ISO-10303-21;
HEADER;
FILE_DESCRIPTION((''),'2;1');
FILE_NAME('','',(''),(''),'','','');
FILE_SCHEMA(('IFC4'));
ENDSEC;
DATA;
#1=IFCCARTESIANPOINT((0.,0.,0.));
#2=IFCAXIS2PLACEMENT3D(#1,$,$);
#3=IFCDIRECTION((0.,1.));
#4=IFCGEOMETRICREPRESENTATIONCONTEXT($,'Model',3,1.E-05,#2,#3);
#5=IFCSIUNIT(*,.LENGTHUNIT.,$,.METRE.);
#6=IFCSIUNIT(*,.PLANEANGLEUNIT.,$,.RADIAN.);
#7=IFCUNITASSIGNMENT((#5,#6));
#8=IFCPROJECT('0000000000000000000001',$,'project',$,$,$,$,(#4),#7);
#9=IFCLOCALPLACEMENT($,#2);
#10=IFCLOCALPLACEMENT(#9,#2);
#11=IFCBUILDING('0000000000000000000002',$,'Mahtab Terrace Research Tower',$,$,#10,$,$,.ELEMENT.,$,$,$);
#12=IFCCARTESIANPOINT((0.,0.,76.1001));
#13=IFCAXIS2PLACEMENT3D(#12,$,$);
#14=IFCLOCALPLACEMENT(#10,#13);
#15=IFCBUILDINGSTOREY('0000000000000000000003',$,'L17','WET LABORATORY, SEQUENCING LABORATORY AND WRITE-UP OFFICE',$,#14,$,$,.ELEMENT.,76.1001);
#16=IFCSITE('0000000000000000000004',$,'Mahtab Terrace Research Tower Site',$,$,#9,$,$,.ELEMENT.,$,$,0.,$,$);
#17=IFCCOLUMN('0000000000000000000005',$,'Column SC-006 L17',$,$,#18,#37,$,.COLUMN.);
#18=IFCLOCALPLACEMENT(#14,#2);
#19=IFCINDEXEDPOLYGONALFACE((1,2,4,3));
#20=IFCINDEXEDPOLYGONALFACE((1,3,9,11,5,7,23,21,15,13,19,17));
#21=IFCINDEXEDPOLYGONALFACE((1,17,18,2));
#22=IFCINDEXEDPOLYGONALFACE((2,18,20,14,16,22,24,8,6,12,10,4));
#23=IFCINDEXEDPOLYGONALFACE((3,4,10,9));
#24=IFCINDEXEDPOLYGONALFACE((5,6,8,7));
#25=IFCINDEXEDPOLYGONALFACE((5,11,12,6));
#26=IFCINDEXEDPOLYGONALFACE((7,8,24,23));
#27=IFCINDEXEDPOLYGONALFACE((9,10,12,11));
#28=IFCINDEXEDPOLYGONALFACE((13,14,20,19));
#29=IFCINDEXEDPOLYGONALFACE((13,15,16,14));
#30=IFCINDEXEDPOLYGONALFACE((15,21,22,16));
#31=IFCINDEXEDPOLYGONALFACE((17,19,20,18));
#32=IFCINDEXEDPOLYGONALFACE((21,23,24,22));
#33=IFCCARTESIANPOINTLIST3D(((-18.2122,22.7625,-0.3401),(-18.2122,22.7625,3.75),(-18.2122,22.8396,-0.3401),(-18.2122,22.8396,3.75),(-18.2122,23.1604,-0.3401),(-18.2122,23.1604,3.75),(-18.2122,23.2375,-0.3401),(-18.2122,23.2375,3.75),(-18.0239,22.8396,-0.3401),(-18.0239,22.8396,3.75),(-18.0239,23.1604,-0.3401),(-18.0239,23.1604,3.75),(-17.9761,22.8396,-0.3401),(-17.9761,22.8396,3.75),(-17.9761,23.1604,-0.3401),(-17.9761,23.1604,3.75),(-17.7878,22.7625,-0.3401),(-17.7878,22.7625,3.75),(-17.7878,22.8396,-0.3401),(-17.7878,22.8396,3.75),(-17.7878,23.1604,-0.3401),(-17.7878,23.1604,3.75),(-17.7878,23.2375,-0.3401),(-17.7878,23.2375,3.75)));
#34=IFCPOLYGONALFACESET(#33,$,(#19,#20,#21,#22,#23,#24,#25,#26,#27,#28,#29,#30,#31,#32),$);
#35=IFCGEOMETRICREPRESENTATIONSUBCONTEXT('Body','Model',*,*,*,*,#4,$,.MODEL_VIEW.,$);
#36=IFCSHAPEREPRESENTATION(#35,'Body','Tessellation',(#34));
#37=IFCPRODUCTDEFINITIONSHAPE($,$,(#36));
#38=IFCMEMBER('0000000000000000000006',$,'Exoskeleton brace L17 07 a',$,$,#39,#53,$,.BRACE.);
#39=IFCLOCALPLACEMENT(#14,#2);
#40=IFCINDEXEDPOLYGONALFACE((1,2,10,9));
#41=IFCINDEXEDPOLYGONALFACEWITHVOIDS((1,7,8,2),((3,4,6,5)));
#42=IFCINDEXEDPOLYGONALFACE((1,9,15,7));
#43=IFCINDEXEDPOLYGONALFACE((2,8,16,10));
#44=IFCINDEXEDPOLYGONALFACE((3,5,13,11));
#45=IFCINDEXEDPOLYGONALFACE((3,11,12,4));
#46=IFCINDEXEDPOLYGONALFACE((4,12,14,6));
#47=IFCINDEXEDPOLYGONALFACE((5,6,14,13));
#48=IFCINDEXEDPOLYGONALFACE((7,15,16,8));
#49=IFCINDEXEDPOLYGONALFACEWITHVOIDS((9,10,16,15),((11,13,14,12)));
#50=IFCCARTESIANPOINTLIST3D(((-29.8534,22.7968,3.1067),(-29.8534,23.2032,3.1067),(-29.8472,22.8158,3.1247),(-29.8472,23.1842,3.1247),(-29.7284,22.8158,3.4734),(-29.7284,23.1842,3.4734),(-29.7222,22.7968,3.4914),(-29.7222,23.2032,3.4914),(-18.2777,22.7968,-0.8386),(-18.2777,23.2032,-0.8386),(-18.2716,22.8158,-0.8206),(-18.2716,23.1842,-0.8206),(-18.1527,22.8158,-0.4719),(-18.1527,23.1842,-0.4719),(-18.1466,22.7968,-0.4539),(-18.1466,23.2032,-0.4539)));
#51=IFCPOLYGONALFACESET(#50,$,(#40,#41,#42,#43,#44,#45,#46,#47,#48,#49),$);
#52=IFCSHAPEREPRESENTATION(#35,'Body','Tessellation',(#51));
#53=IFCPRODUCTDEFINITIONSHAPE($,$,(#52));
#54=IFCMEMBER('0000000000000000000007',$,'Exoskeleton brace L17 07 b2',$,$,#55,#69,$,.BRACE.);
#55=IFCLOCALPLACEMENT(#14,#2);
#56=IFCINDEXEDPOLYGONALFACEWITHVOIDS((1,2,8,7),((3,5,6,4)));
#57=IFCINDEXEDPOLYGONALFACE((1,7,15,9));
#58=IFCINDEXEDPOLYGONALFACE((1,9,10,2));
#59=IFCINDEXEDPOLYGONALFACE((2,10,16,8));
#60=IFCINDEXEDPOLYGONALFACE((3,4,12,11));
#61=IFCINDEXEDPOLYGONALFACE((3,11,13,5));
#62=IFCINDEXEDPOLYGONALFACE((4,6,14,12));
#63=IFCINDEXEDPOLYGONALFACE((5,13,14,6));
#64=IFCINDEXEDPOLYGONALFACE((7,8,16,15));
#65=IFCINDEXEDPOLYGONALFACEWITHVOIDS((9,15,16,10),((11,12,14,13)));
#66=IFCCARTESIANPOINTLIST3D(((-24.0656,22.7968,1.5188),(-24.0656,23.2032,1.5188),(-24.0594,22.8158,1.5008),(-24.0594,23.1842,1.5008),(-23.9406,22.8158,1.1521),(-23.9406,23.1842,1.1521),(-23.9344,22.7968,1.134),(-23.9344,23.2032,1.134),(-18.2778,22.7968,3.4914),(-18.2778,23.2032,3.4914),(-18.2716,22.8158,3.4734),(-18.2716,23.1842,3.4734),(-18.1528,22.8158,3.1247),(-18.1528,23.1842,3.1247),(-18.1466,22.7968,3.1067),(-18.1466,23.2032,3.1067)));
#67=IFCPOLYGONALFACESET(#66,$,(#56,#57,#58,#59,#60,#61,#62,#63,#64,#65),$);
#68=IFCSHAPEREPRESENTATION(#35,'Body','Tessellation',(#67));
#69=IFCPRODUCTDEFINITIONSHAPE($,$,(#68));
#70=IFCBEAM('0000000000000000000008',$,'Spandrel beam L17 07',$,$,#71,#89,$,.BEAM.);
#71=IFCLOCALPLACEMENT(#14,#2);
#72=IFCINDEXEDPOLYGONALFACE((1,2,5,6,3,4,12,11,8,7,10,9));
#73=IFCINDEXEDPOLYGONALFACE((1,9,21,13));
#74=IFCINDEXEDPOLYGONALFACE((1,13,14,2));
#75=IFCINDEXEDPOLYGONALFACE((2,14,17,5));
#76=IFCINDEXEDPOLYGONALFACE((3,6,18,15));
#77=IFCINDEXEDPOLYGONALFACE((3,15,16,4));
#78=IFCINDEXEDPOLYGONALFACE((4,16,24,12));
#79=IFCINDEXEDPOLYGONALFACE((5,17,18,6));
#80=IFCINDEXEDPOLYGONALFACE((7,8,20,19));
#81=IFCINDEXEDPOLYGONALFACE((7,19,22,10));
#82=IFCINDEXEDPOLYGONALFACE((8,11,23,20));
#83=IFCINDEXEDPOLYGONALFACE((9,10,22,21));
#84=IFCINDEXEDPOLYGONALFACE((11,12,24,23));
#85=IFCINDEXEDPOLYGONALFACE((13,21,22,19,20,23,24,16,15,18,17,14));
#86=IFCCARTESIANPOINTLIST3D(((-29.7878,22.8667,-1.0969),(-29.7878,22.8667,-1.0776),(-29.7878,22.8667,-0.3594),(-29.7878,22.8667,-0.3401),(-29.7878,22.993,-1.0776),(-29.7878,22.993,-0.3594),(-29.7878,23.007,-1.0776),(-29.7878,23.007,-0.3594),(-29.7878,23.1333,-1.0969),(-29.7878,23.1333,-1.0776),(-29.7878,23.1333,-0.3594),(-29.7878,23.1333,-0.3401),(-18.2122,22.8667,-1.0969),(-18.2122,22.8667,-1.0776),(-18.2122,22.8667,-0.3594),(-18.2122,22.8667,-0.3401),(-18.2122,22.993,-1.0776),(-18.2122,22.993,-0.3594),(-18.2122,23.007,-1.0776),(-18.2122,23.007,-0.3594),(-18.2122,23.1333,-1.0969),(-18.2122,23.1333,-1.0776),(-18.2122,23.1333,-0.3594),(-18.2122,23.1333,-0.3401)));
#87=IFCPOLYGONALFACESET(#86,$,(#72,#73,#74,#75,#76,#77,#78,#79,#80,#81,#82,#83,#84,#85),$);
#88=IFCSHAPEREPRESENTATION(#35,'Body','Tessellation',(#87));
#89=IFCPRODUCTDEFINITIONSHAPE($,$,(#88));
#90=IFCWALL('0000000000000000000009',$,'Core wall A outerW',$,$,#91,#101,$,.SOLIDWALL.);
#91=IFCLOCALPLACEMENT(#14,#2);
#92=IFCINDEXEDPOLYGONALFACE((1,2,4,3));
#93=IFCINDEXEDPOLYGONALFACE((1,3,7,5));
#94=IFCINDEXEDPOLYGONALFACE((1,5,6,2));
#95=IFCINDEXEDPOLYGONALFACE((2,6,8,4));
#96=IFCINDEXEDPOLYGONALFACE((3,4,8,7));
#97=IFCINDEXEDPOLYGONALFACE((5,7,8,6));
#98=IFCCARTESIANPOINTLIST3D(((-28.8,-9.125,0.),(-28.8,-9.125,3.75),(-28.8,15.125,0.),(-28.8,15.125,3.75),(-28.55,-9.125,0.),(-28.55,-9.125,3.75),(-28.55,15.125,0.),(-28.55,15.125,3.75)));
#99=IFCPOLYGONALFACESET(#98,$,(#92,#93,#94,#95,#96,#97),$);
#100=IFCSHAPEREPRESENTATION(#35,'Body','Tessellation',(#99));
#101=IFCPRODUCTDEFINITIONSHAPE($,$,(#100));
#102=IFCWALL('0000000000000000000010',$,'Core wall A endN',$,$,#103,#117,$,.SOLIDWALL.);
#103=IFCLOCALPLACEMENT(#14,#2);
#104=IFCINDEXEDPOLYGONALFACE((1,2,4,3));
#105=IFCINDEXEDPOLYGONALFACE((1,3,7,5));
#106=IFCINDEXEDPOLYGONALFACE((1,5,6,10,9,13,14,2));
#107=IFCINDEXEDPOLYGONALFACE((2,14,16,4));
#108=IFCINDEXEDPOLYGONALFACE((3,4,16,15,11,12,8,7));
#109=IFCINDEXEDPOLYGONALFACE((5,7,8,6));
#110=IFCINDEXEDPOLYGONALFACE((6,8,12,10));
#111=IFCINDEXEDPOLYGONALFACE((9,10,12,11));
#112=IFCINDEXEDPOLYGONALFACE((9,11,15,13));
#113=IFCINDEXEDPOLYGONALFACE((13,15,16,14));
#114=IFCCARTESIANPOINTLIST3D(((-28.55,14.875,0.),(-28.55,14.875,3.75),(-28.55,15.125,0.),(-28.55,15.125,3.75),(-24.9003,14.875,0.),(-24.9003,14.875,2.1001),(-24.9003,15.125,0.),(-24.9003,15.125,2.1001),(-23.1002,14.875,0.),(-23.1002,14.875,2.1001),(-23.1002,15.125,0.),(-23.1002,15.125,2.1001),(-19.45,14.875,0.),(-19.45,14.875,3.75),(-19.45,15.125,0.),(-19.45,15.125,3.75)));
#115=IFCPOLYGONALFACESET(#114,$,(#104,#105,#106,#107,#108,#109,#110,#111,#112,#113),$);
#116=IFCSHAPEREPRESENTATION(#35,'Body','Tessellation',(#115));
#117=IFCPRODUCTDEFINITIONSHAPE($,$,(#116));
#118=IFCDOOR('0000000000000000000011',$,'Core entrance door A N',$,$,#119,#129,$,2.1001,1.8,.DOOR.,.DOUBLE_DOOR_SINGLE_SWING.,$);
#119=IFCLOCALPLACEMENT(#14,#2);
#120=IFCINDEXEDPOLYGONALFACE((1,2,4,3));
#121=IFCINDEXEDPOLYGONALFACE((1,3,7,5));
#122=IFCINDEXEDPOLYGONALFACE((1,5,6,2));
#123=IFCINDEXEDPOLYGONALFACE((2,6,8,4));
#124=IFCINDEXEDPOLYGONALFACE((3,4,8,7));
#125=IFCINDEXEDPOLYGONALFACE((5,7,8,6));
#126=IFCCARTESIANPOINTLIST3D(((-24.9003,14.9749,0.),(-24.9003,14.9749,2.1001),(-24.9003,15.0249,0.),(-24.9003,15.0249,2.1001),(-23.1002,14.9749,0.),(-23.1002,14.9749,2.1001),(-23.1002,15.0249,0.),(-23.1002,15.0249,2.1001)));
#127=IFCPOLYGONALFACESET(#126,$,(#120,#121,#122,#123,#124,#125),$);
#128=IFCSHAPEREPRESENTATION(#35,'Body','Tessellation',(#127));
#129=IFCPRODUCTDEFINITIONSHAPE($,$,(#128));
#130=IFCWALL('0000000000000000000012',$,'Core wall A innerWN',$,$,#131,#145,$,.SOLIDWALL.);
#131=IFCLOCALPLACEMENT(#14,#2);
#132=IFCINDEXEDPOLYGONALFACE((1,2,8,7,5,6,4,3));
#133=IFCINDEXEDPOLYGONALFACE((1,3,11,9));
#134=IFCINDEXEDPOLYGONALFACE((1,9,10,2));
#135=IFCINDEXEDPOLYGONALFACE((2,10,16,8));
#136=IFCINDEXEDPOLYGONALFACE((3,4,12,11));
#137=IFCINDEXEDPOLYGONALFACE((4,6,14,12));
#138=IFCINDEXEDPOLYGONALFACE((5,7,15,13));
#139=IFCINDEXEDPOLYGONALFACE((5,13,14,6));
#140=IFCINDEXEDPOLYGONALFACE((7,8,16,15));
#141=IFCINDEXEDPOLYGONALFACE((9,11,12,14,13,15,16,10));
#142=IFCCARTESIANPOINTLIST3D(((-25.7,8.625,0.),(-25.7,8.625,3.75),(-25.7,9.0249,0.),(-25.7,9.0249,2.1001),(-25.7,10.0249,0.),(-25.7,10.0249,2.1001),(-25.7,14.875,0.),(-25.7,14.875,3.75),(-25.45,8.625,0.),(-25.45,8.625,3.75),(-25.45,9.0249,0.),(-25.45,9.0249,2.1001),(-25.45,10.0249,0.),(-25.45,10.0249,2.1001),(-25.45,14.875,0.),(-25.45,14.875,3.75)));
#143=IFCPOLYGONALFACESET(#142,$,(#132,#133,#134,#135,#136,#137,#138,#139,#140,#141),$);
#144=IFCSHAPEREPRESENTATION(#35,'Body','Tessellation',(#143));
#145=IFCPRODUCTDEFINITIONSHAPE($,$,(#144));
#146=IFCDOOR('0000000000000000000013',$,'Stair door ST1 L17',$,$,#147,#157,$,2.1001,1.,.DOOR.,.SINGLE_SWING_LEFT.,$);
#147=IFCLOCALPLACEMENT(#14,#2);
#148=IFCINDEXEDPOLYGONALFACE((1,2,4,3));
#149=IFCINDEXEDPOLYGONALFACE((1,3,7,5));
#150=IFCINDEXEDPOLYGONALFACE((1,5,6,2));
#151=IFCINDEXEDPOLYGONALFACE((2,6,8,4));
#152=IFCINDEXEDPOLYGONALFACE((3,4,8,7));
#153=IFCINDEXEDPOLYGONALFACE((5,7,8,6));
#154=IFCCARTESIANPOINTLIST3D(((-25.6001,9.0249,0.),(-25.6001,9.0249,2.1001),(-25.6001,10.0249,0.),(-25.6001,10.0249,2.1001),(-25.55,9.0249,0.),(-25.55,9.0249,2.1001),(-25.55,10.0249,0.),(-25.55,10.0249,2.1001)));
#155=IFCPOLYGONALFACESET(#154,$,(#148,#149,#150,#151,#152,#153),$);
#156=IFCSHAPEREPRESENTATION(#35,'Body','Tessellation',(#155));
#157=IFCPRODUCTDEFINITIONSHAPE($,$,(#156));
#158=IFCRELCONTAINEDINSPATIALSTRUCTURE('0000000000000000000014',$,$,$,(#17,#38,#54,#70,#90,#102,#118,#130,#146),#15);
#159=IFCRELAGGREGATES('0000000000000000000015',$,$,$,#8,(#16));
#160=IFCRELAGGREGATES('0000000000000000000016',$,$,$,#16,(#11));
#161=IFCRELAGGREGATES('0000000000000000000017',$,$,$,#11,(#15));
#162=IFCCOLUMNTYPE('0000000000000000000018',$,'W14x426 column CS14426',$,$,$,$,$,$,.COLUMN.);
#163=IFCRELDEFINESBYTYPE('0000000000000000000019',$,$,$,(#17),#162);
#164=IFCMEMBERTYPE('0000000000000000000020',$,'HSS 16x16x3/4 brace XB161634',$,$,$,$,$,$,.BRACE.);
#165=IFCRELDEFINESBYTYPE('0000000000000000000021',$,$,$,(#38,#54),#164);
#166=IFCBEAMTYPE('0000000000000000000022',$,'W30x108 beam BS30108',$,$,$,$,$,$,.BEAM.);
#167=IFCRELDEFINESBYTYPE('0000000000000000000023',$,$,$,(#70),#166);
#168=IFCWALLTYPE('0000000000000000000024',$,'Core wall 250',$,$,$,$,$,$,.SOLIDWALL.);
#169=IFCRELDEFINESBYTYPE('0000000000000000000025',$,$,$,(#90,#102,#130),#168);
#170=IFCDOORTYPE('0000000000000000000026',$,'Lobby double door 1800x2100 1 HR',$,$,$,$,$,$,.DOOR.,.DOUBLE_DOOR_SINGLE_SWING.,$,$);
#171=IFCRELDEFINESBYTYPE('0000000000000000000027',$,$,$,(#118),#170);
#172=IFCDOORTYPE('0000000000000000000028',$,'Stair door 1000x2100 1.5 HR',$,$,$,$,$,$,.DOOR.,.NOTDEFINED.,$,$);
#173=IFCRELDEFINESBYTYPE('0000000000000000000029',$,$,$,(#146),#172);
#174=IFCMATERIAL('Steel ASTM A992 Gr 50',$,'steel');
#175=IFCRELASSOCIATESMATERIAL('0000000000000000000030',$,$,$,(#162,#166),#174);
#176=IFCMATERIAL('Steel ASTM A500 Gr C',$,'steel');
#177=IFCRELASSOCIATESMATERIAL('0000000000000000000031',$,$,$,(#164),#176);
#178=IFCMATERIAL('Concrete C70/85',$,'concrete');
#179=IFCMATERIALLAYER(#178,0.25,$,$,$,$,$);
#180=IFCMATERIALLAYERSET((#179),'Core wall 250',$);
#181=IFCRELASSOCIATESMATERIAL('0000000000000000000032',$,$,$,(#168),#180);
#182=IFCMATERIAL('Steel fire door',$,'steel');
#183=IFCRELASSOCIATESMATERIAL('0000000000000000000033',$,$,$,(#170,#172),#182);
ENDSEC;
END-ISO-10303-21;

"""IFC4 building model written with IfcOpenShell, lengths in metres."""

from ifc_helpers import new_model, si_unit, direction, frame, frame_2d, origin, origin_2d, place, context, subcontext, project, spatial, rectangle, hollow_rectangle, i_section, extrude, material, layer, layer_set, material_profile, profile_set, type_object, element, fill, save


model = new_model("IFC4")

# Units and contexts
model_context = context("Model", 3, precision=1e-05, world=origin(), true_north=direction((0.0, 1.0)))
body_context = subcontext(model_context, "Body", "Model", "MODEL_VIEW")
ifc_project = project(units=[si_unit("LENGTHUNIT", "METRE"), si_unit("PLANEANGLEUNIT", "RADIAN")], contexts=[model_context])

# Site, building, storey
site_placement = place(None, origin())
site = spatial("IfcSite", under=ifc_project, at=site_placement, Name="Mahtab Terrace Research Tower Site", CompositionType="ELEMENT", RefElevation=0.0)
building_placement = place(site_placement, origin())
building = spatial("IfcBuilding", under=site, at=building_placement, Name="Mahtab Terrace Research Tower", CompositionType="ELEMENT")
storey_placement = place(building_placement, frame((0.0, 0.0, 76.1001)))
storey = spatial("IfcBuildingStorey", under=building, at=storey_placement, Name="L17", Description="WET LABORATORY, SEQUENCING LABORATORY AND WRITE-UP OFFICE", CompositionType="ELEMENT", Elevation=76.1001)

# Column
ifc_material_1 = material(Name="Steel ASTM A992 Gr 50", Category="steel")
ifc_material_profile_1 = material_profile(ifc_material_1, i_section(OverallWidth=0.4243, OverallDepth=0.4751, WebThickness=0.0479, FlangeThickness=0.0771, at=origin_2d()), Name="W14X426")
ifc_profile_set_1 = profile_set([ifc_material_profile_1], Name="Steel ASTM A992 Gr 50")
column_type = type_object("IfcColumnType", Name="W14x426 column CS14426", PredefinedType="COLUMN", material=ifc_profile_set_1)
column_placement = place(storey_placement, frame((-18.0, 23.0, -0.3401), z_axis=(0.0, 0.0, 1.0), x_axis=(1.0, 0.0, 0.0)))
element("IfcColumn", 1, at=column_placement, inside=storey, type_object=column_type, Name="Column SC-006 L17", PredefinedType="COLUMN", context=body_context, shape_type="SweptSolid", body=[
    extrude(i_section(OverallWidth=0.4243, OverallDepth=0.4751, WebThickness=0.0479, FlangeThickness=0.0771, at=origin_2d()), origin(), (0.0, 0.0, 1.0), 4.0901),
])

# Members
ifc_material_2 = material(Name="Steel ASTM A500 Gr C", Category="steel")
ifc_material_profile_2 = material_profile(ifc_material_2, hollow_rectangle(XDim=0.4065, YDim=0.4065, WallThickness=0.019, at=origin_2d()), Name="HSS16X16X3/4")
ifc_profile_set_2 = profile_set([ifc_material_profile_2], Name="Steel ASTM A500 Gr C")
member_type = type_object("IfcMemberType", Name="HSS 16x16x3/4 brace XB161634", PredefinedType="BRACE", material=ifc_profile_set_2)
member_1_placement = place(storey_placement, frame((-18.2122, 23.0, -0.6462), z_axis=(-0.946534, 0.0, 0.322605), x_axis=(0.0, -1.0, 0.0)))
element("IfcMember", 2, at=member_1_placement, inside=storey, type_object=member_type, Name="Exoskeleton brace L17 07 a", PredefinedType="BRACE", context=body_context, shape_type="SweptSolid", body=[
    extrude(hollow_rectangle(XDim=0.4065, YDim=0.4065, WallThickness=0.019, at=origin_2d()), origin(), (0.0, 0.0, 1.0), 12.2295),
])
member_2_placement = place(storey_placement, frame((-24.0, 23.0, 1.3264), z_axis=(0.946534, 0.0, 0.322605), x_axis=(0.0, 1.0, 0.0)))
element("IfcMember", 3, at=member_2_placement, inside=storey, type_object=member_type, Name="Exoskeleton brace L17 07 b2", PredefinedType="BRACE", context=body_context, shape_type="SweptSolid", body=[
    extrude(hollow_rectangle(XDim=0.4065, YDim=0.4065, WallThickness=0.019, at=origin_2d()), origin(), (0.0, 0.0, 1.0), 6.1147),
])

# Beam
ifc_material_profile_3 = material_profile(ifc_material_1, i_section(OverallWidth=0.2666, OverallDepth=0.7568, WebThickness=0.0139, FlangeThickness=0.0193, at=origin_2d()), Name="W30X108")
ifc_profile_set_3 = profile_set([ifc_material_profile_3], Name="Steel ASTM A992 Gr 50")
beam_type = type_object("IfcBeamType", Name="W30x108 beam BS30108", PredefinedType="BEAM", material=ifc_profile_set_3)
beam_placement = place(storey_placement, frame((-18.2122, 23.0, -0.7185), z_axis=(-1.0, 0.0, 0.0), x_axis=(0.0, -1.0, 0.0)))
element("IfcBeam", 4, at=beam_placement, inside=storey, type_object=beam_type, Name="Spandrel beam L17 07", PredefinedType="BEAM", context=body_context, shape_type="SweptSolid", body=[
    extrude(i_section(OverallWidth=0.2666, OverallDepth=0.7568, WebThickness=0.0139, FlangeThickness=0.0193, at=origin_2d()), origin(), (0.0, 0.0, 1.0), 11.5757),
])

# Wall
ifc_material_3 = material(Name="Concrete C70/85", Category="concrete")
ifc_layer_1 = layer(ifc_material_3, 0.25)
ifc_layer_set_1 = layer_set([ifc_layer_1], Name="Core wall 250")
wall_type_1 = type_object("IfcWallType", Name="Core wall 250", PredefinedType="SOLIDWALL", material=ifc_layer_set_1)
wall_1_placement = place(storey_placement, frame((-28.675, 15.125, 0.0), z_axis=(0.0, 0.0, 1.0), x_axis=(0.0, -1.0, 0.0)))
element("IfcWall", 5, at=wall_1_placement, inside=storey, type_object=wall_type_1, Name="Core wall A outerW", PredefinedType="SOLIDWALL", context=body_context, shape_type="SweptSolid", body=[
    extrude(rectangle(XDim=24.25, YDim=0.25, at=frame_2d((12.125, 0.0))), origin(), (0.0, 0.0, 1.0), 3.75),
])

# Walls, openings, doors
wall_2_placement = place(storey_placement, frame((-28.55, 15.0, 0.0), z_axis=(0.0, 0.0, 1.0), x_axis=(1.0, 0.0, 0.0)))
wall_2 = element("IfcWall", 6, at=wall_2_placement, inside=storey, type_object=wall_type_1, Name="Core wall A endN", PredefinedType="SOLIDWALL", context=body_context, shape_type="SweptSolid", body=[
    extrude(rectangle(XDim=9.1001, YDim=0.25, at=frame_2d((4.55, 0.0))), origin(), (0.0, 0.0, 1.0), 3.75),
])
opening_1_placement = place(wall_2_placement, frame((3.6499, 0.0, 0.0)))
opening_1 = element("IfcOpeningElement", 7, at=opening_1_placement, cuts=wall_2, PredefinedType="OPENING", context=body_context, shape_type="SweptSolid", body=[
    extrude(rectangle(XDim=1.8, YDim=2.1001, at=frame_2d((0.8999, 1.05))), frame((0.0, 0.135, 0.0), z_axis=(0.0, -1.0, 0.0), x_axis=(1.0, 0.0, 0.0)), (0.0, 0.0, 1.0), 0.27),
])
ifc_material_4 = material(Name="Steel fire door", Category="steel")
door_type_1 = type_object("IfcDoorType", Name="Lobby double door 1800x2100 1 HR", OperationType="DOUBLE_DOOR_SINGLE_SWING", PredefinedType="DOOR", material=ifc_material_4)
door_1_placement = place(opening_1_placement, origin())
door_1 = element("IfcDoor", 8, at=door_1_placement, inside=storey, type_object=door_type_1, Name="Core entrance door A N", OperationType="DOUBLE_DOOR_SINGLE_SWING", OverallHeight=2.1001, OverallWidth=1.8, PredefinedType="DOOR", context=body_context, shape_type="SweptSolid", body=[
    extrude(rectangle(XDim=1.8, YDim=2.1001, at=frame_2d((0.8999, 1.05))), frame((0.0, 0.0249, 0.0), z_axis=(0.0, -1.0, 0.0), x_axis=(1.0, 0.0, 0.0)), (0.0, 0.0, 1.0), 0.05),
])
fill(opening_1, door_1)
wall_3_placement = place(storey_placement, frame((-25.575, 14.875, 0.0), z_axis=(0.0, 0.0, 1.0), x_axis=(0.0, -1.0, 0.0)))
wall_3 = element("IfcWall", 9, at=wall_3_placement, inside=storey, type_object=wall_type_1, Name="Core wall A innerWN", PredefinedType="SOLIDWALL", context=body_context, shape_type="SweptSolid", body=[
    extrude(rectangle(XDim=6.25, YDim=0.25, at=frame_2d((3.125, 0.0))), origin(), (0.0, 0.0, 1.0), 3.75),
])
opening_2_placement = place(wall_3_placement, frame((4.8501, 0.0, 0.0)))
opening_2 = element("IfcOpeningElement", 10, at=opening_2_placement, cuts=wall_3, PredefinedType="OPENING", context=body_context, shape_type="SweptSolid", body=[
    extrude(rectangle(XDim=1.0, YDim=2.1001, at=frame_2d((0.5, 1.05))), frame((0.0, 0.135, 0.0), z_axis=(0.0, -1.0, 0.0), x_axis=(1.0, 0.0, 0.0)), (0.0, 0.0, 1.0), 0.27),
])
door_type_2 = type_object("IfcDoorType", Name="Stair door 1000x2100 1.5 HR", OperationType="NOTDEFINED", PredefinedType="DOOR", material=ifc_material_4)
door_2_placement = place(opening_2_placement, origin())
door_2 = element("IfcDoor", 11, at=door_2_placement, inside=storey, type_object=door_type_2, Name="Stair door ST1 L17", OperationType="SINGLE_SWING_LEFT", OverallHeight=2.1001, OverallWidth=1.0, PredefinedType="DOOR", context=body_context, shape_type="SweptSolid", body=[
    extrude(rectangle(XDim=1.0, YDim=2.1001, at=frame_2d((0.5, 1.05))), frame((0.0, 0.0249, 0.0), z_axis=(0.0, -1.0, 0.0), x_axis=(1.0, 0.0, 0.0)), (0.0, 0.0, 1.0), 0.05),
])
fill(opening_2, door_2)

save(model, "model.ifc")
